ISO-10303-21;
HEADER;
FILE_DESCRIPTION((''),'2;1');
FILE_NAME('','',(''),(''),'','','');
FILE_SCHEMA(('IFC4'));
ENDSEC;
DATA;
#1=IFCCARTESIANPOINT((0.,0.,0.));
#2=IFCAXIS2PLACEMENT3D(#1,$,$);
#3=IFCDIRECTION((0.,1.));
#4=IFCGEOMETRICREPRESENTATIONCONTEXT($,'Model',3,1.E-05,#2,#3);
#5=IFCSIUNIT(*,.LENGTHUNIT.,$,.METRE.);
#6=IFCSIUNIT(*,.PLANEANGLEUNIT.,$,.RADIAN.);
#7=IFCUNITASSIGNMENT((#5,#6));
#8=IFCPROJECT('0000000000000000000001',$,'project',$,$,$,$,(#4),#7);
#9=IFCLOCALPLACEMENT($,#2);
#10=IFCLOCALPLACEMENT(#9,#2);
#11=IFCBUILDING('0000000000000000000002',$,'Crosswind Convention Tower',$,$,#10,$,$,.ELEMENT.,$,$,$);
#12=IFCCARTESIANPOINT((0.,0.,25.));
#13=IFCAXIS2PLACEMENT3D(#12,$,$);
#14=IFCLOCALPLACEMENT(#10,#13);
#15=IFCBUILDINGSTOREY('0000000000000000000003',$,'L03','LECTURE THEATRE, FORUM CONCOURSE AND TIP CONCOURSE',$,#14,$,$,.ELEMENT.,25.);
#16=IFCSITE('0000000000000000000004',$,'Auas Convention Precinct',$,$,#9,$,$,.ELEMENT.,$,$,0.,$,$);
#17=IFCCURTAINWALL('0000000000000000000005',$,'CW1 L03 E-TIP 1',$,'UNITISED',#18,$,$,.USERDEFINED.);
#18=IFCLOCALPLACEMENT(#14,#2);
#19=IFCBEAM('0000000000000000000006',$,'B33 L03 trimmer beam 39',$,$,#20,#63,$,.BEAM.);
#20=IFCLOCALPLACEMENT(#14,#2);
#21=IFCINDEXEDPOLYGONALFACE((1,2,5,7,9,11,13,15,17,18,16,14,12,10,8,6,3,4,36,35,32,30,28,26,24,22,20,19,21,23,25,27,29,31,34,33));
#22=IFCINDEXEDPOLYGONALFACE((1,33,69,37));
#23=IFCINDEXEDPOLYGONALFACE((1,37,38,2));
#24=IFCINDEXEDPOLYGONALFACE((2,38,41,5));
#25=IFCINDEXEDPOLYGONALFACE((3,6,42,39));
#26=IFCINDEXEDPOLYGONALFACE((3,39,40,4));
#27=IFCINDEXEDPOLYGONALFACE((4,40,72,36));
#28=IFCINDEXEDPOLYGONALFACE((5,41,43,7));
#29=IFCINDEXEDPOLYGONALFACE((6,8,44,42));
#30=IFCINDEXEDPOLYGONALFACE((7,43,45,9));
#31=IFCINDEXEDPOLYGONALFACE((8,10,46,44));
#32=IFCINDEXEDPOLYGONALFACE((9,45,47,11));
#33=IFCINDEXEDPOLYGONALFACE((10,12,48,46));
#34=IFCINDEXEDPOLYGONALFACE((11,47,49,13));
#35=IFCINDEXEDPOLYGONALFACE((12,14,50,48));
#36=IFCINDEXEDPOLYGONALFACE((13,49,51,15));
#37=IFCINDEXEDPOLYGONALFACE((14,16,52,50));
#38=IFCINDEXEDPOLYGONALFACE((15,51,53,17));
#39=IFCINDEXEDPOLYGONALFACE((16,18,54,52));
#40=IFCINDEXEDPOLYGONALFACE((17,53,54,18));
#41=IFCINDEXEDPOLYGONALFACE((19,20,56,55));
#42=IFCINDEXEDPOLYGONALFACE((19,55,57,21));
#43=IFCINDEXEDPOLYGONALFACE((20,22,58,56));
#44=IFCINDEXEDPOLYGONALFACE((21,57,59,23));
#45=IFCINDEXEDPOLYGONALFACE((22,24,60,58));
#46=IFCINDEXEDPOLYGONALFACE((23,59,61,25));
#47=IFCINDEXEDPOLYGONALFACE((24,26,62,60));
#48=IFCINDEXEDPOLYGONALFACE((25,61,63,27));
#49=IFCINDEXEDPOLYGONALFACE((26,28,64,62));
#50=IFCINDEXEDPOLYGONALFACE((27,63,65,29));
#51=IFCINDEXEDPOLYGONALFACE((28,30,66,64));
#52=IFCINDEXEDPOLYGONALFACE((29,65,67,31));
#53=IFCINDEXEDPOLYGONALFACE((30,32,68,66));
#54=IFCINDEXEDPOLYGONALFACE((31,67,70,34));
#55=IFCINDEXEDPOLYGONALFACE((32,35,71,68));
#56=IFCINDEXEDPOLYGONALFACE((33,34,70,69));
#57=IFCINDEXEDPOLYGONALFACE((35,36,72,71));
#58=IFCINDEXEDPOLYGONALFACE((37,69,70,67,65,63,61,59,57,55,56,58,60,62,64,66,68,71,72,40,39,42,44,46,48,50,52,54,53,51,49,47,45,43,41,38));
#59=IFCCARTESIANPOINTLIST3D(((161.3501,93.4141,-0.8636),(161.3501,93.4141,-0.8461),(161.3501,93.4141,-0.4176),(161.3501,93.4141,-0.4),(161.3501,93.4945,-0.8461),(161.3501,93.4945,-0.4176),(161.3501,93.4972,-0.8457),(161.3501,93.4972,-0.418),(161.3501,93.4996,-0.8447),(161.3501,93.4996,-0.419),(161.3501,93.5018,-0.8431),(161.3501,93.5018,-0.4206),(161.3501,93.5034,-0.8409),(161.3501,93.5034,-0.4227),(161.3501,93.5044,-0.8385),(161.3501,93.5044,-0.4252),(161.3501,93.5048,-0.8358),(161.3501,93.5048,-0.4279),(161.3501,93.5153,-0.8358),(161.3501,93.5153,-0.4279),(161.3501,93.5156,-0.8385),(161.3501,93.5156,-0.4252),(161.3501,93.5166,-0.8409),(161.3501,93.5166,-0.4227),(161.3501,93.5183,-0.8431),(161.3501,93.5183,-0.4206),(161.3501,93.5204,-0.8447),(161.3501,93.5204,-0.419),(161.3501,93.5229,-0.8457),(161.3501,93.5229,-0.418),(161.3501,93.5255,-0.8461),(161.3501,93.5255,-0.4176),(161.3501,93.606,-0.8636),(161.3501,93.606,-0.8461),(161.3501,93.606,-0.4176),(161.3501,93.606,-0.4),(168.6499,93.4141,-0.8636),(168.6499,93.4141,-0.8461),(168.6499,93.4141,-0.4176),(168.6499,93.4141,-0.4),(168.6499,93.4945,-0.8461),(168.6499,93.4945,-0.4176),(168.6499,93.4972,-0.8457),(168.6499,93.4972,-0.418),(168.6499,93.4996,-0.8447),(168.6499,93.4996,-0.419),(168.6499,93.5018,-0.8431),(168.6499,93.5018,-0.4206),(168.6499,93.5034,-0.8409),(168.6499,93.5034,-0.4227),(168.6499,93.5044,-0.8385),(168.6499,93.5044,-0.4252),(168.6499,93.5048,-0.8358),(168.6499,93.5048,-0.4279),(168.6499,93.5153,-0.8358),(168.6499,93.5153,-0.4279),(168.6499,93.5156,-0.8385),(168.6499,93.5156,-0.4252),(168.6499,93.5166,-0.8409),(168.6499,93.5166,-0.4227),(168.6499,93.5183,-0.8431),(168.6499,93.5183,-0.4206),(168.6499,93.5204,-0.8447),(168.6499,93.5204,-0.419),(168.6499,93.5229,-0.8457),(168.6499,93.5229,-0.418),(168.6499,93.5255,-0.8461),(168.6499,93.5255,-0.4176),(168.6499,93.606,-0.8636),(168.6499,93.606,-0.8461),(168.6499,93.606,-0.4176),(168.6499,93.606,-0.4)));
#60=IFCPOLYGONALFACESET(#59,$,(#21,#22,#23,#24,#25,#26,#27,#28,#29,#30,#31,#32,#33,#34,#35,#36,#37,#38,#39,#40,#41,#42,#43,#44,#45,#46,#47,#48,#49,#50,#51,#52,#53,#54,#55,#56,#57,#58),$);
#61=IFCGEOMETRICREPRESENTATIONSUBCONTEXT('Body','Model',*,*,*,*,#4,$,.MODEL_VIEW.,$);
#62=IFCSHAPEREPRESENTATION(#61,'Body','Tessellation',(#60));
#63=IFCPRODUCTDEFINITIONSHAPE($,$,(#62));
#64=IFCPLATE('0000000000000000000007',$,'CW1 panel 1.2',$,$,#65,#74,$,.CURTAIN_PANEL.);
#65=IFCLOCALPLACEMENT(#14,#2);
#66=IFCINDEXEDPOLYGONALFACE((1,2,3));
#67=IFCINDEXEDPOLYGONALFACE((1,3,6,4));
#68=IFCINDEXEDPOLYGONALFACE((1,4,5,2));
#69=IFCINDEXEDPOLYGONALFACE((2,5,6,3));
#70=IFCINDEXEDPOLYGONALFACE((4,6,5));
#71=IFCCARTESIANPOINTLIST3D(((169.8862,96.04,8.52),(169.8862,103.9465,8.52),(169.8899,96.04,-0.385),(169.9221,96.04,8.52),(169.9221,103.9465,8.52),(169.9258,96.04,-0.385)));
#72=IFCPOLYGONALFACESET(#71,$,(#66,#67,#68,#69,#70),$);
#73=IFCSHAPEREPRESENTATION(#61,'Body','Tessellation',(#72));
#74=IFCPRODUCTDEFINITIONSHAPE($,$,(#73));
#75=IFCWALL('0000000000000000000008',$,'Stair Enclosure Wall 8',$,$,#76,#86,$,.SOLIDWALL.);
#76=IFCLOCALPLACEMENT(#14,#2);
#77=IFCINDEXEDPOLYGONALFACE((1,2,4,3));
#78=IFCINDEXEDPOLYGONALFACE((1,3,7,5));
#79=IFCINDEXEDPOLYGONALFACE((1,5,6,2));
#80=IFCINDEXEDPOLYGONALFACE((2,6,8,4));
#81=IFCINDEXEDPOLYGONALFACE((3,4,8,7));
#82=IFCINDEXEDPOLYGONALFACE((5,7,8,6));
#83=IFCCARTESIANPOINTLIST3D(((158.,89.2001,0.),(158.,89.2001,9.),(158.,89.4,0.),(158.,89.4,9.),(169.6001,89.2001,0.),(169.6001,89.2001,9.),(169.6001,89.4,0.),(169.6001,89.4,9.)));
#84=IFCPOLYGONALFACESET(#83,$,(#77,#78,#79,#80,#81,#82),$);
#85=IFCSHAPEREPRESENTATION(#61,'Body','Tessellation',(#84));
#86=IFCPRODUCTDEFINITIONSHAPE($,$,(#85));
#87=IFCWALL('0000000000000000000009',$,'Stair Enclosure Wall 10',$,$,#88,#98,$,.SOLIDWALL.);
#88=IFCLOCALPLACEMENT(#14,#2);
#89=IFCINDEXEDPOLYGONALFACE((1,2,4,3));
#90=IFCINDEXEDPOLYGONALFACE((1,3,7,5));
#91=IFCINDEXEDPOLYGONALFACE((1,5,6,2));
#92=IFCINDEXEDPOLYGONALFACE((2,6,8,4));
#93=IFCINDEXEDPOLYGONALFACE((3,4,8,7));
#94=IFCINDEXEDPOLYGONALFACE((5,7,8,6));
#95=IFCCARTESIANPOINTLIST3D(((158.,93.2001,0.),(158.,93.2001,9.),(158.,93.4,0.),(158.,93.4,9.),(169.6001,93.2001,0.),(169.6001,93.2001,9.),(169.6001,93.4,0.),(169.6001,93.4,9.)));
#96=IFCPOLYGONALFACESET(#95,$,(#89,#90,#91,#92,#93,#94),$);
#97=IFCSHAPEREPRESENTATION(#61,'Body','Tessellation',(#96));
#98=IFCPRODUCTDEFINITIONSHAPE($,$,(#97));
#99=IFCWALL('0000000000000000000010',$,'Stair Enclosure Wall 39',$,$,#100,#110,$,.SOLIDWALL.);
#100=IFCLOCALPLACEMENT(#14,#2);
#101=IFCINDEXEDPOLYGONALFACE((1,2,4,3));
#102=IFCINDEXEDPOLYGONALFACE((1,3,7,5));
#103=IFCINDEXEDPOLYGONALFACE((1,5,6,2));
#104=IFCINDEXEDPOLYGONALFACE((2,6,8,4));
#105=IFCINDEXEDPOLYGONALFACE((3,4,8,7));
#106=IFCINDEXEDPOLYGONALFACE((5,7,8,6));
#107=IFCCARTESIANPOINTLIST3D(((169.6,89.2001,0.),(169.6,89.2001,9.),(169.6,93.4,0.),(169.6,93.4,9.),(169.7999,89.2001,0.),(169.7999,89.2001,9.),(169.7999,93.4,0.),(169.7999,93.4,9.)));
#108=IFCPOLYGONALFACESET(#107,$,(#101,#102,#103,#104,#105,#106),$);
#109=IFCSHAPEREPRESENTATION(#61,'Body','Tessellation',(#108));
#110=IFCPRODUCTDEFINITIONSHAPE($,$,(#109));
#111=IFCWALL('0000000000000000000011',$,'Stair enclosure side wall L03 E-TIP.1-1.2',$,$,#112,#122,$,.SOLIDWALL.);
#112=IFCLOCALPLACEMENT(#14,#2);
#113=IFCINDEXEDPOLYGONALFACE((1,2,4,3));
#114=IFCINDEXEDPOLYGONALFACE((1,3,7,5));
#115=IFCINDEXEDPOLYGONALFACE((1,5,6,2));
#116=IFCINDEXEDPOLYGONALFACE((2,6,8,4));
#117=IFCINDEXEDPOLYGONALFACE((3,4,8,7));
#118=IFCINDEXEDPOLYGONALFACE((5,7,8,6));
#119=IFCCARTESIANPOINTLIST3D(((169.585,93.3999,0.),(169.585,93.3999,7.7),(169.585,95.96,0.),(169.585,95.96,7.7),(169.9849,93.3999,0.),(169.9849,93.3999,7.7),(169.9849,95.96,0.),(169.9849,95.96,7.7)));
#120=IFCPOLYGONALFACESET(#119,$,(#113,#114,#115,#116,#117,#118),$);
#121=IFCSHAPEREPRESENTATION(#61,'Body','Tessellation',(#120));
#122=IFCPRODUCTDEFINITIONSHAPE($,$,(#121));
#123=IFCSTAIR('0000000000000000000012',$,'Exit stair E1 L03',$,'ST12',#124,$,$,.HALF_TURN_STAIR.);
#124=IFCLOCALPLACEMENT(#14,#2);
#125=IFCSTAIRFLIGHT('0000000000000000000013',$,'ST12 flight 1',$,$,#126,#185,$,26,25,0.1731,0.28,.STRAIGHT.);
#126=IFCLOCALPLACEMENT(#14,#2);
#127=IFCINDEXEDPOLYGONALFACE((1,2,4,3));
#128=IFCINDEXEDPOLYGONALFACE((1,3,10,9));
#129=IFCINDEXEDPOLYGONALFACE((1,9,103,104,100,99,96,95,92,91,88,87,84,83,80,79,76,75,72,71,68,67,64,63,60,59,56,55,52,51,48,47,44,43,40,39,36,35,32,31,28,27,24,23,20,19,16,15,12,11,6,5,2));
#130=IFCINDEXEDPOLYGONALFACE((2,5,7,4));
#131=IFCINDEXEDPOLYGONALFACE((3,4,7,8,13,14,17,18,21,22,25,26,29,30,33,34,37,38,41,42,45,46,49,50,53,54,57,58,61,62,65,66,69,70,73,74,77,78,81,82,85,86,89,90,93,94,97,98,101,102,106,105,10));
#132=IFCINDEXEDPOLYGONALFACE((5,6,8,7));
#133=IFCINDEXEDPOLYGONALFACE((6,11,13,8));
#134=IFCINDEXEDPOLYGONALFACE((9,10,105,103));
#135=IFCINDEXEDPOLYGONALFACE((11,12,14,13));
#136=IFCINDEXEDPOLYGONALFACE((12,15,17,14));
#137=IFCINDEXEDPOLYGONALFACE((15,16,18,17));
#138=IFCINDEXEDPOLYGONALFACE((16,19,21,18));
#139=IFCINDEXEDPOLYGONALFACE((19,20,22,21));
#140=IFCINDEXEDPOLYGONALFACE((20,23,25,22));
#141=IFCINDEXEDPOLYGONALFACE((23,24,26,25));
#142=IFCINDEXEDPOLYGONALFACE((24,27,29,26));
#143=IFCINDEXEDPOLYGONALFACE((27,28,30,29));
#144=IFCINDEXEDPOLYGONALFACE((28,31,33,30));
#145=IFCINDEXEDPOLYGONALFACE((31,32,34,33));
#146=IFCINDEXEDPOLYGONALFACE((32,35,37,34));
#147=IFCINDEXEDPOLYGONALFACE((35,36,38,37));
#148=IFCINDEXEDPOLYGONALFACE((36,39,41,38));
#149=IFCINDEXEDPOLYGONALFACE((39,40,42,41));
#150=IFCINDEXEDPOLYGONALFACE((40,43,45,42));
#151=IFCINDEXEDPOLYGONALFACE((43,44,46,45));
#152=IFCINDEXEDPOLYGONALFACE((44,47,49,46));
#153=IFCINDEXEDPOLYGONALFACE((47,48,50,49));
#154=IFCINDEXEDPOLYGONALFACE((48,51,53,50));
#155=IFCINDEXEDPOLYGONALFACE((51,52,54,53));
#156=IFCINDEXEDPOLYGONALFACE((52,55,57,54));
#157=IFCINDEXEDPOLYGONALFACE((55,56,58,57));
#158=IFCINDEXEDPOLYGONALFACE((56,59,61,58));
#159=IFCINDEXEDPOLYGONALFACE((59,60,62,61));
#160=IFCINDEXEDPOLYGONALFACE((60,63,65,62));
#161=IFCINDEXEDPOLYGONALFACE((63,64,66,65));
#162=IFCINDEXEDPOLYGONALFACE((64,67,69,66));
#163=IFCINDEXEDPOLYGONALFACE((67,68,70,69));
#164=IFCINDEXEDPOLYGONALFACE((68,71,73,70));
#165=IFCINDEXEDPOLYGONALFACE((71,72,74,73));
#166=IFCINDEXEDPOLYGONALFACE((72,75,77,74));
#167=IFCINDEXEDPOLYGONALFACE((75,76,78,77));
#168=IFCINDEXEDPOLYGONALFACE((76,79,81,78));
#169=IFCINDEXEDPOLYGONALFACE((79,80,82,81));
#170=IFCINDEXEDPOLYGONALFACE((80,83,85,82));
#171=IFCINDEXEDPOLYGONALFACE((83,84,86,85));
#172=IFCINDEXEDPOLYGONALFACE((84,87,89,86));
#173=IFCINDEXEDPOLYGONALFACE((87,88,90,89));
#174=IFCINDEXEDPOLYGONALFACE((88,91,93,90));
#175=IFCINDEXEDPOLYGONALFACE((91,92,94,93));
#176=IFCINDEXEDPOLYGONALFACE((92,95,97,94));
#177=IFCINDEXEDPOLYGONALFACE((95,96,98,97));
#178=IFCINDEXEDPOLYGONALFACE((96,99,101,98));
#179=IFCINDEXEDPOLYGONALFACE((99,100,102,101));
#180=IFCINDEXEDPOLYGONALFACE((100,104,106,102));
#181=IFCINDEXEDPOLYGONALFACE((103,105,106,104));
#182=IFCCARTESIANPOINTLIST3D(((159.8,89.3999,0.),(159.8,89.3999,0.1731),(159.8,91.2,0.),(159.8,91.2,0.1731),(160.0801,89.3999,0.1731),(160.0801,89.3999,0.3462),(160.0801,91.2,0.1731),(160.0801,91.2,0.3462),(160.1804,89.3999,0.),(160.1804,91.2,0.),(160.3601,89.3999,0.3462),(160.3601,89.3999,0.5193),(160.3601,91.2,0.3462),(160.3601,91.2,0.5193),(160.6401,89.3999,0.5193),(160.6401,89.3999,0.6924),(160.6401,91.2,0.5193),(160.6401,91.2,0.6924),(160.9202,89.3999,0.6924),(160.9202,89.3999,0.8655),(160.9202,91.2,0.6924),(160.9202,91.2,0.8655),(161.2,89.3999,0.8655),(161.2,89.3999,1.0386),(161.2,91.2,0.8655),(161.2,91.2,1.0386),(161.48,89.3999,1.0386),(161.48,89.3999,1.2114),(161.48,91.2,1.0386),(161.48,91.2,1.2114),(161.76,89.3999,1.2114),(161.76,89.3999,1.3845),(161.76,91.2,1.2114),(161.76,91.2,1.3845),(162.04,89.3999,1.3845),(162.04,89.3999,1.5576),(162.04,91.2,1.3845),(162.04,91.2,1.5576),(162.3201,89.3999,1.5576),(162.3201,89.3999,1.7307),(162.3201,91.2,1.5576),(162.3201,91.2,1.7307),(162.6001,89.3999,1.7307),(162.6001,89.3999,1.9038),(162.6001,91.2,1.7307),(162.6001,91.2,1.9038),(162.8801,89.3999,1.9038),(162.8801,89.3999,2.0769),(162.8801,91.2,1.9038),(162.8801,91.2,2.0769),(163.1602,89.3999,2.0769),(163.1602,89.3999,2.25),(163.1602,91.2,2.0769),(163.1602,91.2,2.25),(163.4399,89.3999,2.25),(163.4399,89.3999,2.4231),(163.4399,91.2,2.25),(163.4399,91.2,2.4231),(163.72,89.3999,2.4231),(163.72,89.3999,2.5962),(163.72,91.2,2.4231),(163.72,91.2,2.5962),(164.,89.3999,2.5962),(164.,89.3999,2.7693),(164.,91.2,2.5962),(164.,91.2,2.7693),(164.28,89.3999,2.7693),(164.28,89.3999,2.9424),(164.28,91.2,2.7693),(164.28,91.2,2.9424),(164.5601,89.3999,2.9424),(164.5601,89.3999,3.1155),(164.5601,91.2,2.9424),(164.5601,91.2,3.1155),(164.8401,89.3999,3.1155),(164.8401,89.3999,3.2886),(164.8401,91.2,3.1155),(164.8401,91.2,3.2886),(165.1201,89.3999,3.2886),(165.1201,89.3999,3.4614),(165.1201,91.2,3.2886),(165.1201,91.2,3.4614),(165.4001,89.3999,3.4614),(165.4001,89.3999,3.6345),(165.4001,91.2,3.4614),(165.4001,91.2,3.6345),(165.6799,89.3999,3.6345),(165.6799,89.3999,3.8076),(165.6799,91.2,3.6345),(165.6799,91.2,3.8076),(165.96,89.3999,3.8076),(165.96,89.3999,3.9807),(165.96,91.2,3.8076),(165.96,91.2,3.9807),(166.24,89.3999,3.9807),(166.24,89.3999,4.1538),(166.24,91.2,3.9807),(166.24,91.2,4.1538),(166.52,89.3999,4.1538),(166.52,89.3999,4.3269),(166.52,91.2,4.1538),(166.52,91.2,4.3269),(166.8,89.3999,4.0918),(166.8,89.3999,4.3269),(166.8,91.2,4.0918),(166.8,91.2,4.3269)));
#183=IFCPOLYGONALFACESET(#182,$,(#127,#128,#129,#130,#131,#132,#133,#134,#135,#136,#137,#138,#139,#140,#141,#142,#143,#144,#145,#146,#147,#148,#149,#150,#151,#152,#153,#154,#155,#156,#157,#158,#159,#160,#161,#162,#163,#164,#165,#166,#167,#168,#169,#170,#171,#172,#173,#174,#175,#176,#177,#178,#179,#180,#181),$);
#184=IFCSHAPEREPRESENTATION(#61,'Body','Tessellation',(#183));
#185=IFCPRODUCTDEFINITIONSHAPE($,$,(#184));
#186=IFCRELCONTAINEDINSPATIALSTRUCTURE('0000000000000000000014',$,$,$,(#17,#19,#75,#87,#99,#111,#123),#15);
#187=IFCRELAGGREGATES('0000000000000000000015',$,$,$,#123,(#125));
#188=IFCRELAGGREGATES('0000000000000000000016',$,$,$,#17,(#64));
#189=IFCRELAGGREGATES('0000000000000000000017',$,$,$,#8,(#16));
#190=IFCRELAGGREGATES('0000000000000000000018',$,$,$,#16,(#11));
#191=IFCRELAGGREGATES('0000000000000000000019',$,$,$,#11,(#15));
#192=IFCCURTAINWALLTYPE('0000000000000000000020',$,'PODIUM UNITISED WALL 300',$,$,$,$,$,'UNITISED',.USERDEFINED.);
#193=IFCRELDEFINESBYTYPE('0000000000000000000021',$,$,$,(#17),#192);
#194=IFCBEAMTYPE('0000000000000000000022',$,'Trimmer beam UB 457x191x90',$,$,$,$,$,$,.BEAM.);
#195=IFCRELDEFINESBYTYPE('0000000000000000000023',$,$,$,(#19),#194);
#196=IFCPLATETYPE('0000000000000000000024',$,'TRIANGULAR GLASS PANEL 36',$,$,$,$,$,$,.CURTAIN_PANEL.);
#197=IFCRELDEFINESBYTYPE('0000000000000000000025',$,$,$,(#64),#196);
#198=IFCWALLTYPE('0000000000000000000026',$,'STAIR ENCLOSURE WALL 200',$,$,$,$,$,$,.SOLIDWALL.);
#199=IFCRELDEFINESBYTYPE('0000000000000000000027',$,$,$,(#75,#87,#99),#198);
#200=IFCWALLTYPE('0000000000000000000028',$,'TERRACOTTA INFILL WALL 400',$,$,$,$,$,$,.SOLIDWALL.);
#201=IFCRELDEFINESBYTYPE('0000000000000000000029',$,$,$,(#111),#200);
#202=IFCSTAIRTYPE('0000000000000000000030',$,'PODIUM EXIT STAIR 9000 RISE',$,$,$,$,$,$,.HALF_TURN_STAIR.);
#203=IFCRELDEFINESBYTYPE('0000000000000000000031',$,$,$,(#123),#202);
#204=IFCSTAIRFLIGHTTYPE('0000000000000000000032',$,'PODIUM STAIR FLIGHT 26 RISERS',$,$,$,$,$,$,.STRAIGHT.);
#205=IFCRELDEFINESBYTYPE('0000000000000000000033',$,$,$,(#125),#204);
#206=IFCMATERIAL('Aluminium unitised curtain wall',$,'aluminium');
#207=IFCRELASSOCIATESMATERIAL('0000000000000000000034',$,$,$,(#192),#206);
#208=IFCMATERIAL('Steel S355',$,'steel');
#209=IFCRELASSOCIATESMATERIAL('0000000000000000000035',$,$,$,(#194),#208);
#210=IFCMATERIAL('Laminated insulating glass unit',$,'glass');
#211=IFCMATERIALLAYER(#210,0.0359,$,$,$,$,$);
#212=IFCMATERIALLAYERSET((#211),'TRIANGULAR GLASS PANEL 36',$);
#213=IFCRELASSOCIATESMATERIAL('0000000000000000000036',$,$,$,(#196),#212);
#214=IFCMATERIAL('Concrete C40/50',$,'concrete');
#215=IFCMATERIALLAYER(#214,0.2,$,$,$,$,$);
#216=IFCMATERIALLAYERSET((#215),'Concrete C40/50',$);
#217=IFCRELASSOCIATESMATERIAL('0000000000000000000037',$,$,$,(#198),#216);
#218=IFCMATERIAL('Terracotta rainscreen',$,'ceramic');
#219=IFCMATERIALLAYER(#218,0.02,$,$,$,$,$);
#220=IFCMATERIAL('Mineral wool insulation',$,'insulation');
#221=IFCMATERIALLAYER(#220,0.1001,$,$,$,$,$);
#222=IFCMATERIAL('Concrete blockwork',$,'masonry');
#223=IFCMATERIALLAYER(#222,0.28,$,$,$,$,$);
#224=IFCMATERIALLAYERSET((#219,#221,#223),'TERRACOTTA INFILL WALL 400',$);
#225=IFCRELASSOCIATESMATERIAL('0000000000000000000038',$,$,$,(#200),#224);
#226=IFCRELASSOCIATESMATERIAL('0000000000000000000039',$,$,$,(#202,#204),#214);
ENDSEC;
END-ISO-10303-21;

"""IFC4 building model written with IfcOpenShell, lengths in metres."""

from ifc_helpers import new_model, si_unit, direction, frame, frame_2d, origin, origin_2d, place, context, subcontext, project, spatial, polyline, rectangle, i_section, outline, extrude, material, layer, layer_set, material_profile, profile_set, type_object, element, aggregate, save


model = new_model("IFC4")

# Units and contexts
model_context = context("Model", 3, precision=1e-05, world=origin(), true_north=direction((0.0, 1.0)))
body_context = subcontext(model_context, "Body", "Model", "MODEL_VIEW")
ifc_project = project(units=[si_unit("LENGTHUNIT", "METRE"), si_unit("PLANEANGLEUNIT", "RADIAN")], contexts=[model_context])

# Site, building, storey
site_placement = place(None, origin())
site = spatial("IfcSite", under=ifc_project, at=site_placement, Name="Auas Convention Precinct", CompositionType="ELEMENT", RefElevation=0.0)
building_placement = place(site_placement, origin())
building = spatial("IfcBuilding", under=site, at=building_placement, Name="Crosswind Convention Tower", CompositionType="ELEMENT")
storey_placement = place(building_placement, frame((0.0, 0.0, 25.0)))
storey = spatial("IfcBuildingStorey", under=building, at=storey_placement, Name="L03", Description="LECTURE THEATRE, FORUM CONCOURSE AND TIP CONCOURSE", CompositionType="ELEMENT", Elevation=25.0)

# Curtain wall
ifc_material_1 = material(Name="Aluminium unitised curtain wall", Category="aluminium")
curtain_wall_type = type_object("IfcCurtainWallType", Name="PODIUM UNITISED WALL 300", ElementType="UNITISED", PredefinedType="USERDEFINED", material=ifc_material_1)
curtain_wall_placement = place(storey_placement, origin())
curtain_wall = element("IfcCurtainWall", 1, at=curtain_wall_placement, inside=storey, type_object=curtain_wall_type, Name="CW1 L03 E-TIP 1", ObjectType="UNITISED", PredefinedType="USERDEFINED")

# Shared definitions
ifc_material_2 = material(Name="Steel S355", Category="steel")

# Beam
ifc_material_profile_1 = material_profile(ifc_material_2, i_section(OverallWidth=0.1919, OverallDepth=0.4636, WebThickness=0.0105, FlangeThickness=0.0176, FilletRadius=0.0103, at=origin_2d()), Name="UB 457x191x90")
ifc_profile_set_1 = profile_set([ifc_material_profile_1], Name="Steel S355")
beam_type_1 = type_object("IfcBeamType", Name="Trimmer beam UB 457x191x90", PredefinedType="BEAM", material=ifc_profile_set_1)
beam_1_placement = place(storey_placement, frame((161.3501, 93.51, -0.6318), z_axis=(1.0, 0.0, 0.0), x_axis=(0.0, 1.0, 0.0)))
element("IfcBeam", 2, at=beam_1_placement, inside=storey, type_object=beam_type_1, Name="B33 L03 trimmer beam 39", PredefinedType="BEAM", context=body_context, shape_type="SweptSolid", body=[
    extrude(i_section(OverallWidth=0.1919, OverallDepth=0.4636, WebThickness=0.0105, FlangeThickness=0.0176, FilletRadius=0.0103, at=origin_2d()), origin(), (0.0, 0.0, 1.0), 7.2998),
])

# Plate
ifc_material_3 = material(Name="Laminated insulating glass unit", Category="glass")
ifc_layer_1 = layer(ifc_material_3, 0.0359)
ifc_layer_set_1 = layer_set([ifc_layer_1], Name="TRIANGULAR GLASS PANEL 36")
plate_type = type_object("IfcPlateType", Name="TRIANGULAR GLASS PANEL 36", PredefinedType="CURTAIN_PANEL", material=ifc_layer_set_1)
plate_placement = place(storey_placement, frame((169.9221, 96.04, 8.52), z_axis=(1.0, 0.0, 0.000411), x_axis=(0.000411, 0.0, -1.0)))
plate = element("IfcPlate", 3, at=plate_placement, type_object=plate_type, Name="CW1 panel 1.2", PredefinedType="CURTAIN_PANEL", context=body_context, shape_type="SweptSolid", body=[
    extrude(outline(polyline([(0.0, 0.0), (8.905, 0.0), (0.0, 7.9065), (0.0, 0.0)])), origin(), (0.0, 0.0, -1.0), 0.0359),
])

# Walls
ifc_material_4 = material(Name="Concrete C40/50", Category="concrete")
ifc_layer_2 = layer(ifc_material_4, 0.2)
ifc_layer_set_2 = layer_set([ifc_layer_2], Name="Concrete C40/50")
wall_type_1 = type_object("IfcWallType", Name="STAIR ENCLOSURE WALL 200", PredefinedType="SOLIDWALL", material=ifc_layer_set_2)
for number, where, z_axis, x_axis, name in (
    (4, (158.0, 89.3, 0.0), (0.0, 0.0, 1.0), (1.0, 0.0, 0.0), "Stair Enclosure Wall 8"),
    (5, (158.0, 93.3, 0.0), (0.0, 0.0, 1.0), (1.0, 0.0, 0.0), "Stair Enclosure Wall 10"),
):
    element("IfcWall", number, at=place(storey_placement, frame(where, z_axis=z_axis, x_axis=x_axis)), inside=storey, type_object=wall_type_1, Name=name, PredefinedType="SOLIDWALL", context=body_context, shape_type="SweptSolid", body=[
        extrude(rectangle(XDim=11.6001, YDim=0.2, at=frame_2d((5.8, 0.0))), origin(), (0.0, 0.0, 1.0), 9.0),
    ])
wall_1_placement = place(storey_placement, frame((169.7, 89.2, 0.0), z_axis=(0.0, 0.0, 1.0), x_axis=(0.0, 1.0, 0.0)))
element("IfcWall", 6, at=wall_1_placement, inside=storey, type_object=wall_type_1, Name="Stair Enclosure Wall 39", PredefinedType="SOLIDWALL", context=body_context, shape_type="SweptSolid", body=[
    extrude(rectangle(XDim=4.2, YDim=0.2, at=frame_2d((2.1001, 0.0))), origin(), (0.0, 0.0, 1.0), 9.0),
])
ifc_material_5 = material(Name="Terracotta rainscreen", Category="ceramic")
ifc_layer_3 = layer(ifc_material_5, 0.02)
ifc_material_6 = material(Name="Mineral wool insulation", Category="insulation")
ifc_layer_4 = layer(ifc_material_6, 0.1001)
ifc_material_7 = material(Name="Concrete blockwork", Category="masonry")
ifc_layer_5 = layer(ifc_material_7, 0.28)
ifc_layer_set_3 = layer_set([ifc_layer_3, ifc_layer_4, ifc_layer_5], Name="TERRACOTTA INFILL WALL 400")
wall_type_2 = type_object("IfcWallType", Name="TERRACOTTA INFILL WALL 400", PredefinedType="SOLIDWALL", material=ifc_layer_set_3)
wall_2_placement = place(storey_placement, frame((169.7849, 93.3999, 0.0), z_axis=(0.0, 0.0, 1.0), x_axis=(0.0, 1.0, 0.0)))
element("IfcWall", 7, at=wall_2_placement, inside=storey, type_object=wall_type_2, Name="Stair enclosure side wall L03 E-TIP.1-1.2", PredefinedType="SOLIDWALL", context=body_context, shape_type="SweptSolid", body=[
    extrude(rectangle(XDim=2.5601, YDim=0.3999, at=frame_2d((1.28, 0.0))), origin(), (0.0, 0.0, 1.0), 7.7),
])

# Stair, stair flight
stair_type = type_object("IfcStairType", Name="PODIUM EXIT STAIR 9000 RISE", PredefinedType="HALF_TURN_STAIR", material=ifc_material_4)
stair_placement = place(storey_placement, origin())
stair = element("IfcStair", 8, at=stair_placement, inside=storey, type_object=stair_type, Name="Exit stair E1 L03", ObjectType="ST12", PredefinedType="HALF_TURN_STAIR")
stair_flight_type = type_object("IfcStairFlightType", Name="PODIUM STAIR FLIGHT 26 RISERS", PredefinedType="STRAIGHT", material=ifc_material_4)
stair_flight_1_placement = place(storey_placement, frame((159.8, 90.3, 0.0), z_axis=(0.0, 0.0, 1.0), x_axis=(1.0, 0.0, 0.0)))
stair_flight_1 = element("IfcStairFlight", 9, at=stair_flight_1_placement, type_object=stair_flight_type, Name="ST12 flight 1", NumberOfRisers=26, NumberOfTreads=25, PredefinedType="STRAIGHT", RiserHeight=0.1731, TreadLength=0.28, context=body_context, shape_type="SweptSolid", body=[
    extrude(outline(polyline([(0.0, 0.0), (0.0, 0.1731), (0.28, 0.1731), (0.28, 0.3462), (0.5601, 0.3462), (0.5601, 0.5193), (0.8401, 0.5193), (0.8401, 0.6924), (1.1201, 0.6924), (1.1201, 0.8655), (1.3999, 0.8655), (1.3999, 1.0386), (1.6799, 1.0386), (1.6799, 1.2114), (1.96, 1.2114), (1.96, 1.3845), (2.24, 1.3845), (2.24, 1.5576), (2.52, 1.5576), (2.52, 1.7307), (2.8, 1.7307), (2.8, 1.9038), (3.0801, 1.9038), (3.0801, 2.0769), (3.3601, 2.0769), (3.3601, 2.25), (3.6399, 2.25), (3.6399, 2.4231), (3.9199, 2.4231), (3.9199, 2.5962), (4.2, 2.5962), (4.2, 2.7693), (4.48, 2.7693), (4.48, 2.9424), (4.76, 2.9424), (4.76, 3.1155), (5.04, 3.1155), (5.04, 3.2886), (5.3201, 3.2886), (5.3201, 3.4614), (5.6001, 3.4614), (5.6001, 3.6345), (5.8799, 3.6345), (5.8799, 3.8076), (6.1599, 3.8076), (6.1599, 3.9807), (6.4399, 3.9807), (6.4399, 4.1538), (6.72, 4.1538), (6.72, 4.3269), (7.0, 4.3269), (7.0, 4.5), (7.0, 4.0918), (0.3804, 0.0), (0.0, 0.0)])), frame((0.0, 0.8999, 0.0), z_axis=(0.0, -1.0, 0.0), x_axis=(1.0, 0.0, 0.0)), (0.0, 0.0, 1.0), 1.8),
])
aggregate(stair, [stair_flight_1])

aggregate(curtain_wall, [plate])

save(model, "model.ifc")
